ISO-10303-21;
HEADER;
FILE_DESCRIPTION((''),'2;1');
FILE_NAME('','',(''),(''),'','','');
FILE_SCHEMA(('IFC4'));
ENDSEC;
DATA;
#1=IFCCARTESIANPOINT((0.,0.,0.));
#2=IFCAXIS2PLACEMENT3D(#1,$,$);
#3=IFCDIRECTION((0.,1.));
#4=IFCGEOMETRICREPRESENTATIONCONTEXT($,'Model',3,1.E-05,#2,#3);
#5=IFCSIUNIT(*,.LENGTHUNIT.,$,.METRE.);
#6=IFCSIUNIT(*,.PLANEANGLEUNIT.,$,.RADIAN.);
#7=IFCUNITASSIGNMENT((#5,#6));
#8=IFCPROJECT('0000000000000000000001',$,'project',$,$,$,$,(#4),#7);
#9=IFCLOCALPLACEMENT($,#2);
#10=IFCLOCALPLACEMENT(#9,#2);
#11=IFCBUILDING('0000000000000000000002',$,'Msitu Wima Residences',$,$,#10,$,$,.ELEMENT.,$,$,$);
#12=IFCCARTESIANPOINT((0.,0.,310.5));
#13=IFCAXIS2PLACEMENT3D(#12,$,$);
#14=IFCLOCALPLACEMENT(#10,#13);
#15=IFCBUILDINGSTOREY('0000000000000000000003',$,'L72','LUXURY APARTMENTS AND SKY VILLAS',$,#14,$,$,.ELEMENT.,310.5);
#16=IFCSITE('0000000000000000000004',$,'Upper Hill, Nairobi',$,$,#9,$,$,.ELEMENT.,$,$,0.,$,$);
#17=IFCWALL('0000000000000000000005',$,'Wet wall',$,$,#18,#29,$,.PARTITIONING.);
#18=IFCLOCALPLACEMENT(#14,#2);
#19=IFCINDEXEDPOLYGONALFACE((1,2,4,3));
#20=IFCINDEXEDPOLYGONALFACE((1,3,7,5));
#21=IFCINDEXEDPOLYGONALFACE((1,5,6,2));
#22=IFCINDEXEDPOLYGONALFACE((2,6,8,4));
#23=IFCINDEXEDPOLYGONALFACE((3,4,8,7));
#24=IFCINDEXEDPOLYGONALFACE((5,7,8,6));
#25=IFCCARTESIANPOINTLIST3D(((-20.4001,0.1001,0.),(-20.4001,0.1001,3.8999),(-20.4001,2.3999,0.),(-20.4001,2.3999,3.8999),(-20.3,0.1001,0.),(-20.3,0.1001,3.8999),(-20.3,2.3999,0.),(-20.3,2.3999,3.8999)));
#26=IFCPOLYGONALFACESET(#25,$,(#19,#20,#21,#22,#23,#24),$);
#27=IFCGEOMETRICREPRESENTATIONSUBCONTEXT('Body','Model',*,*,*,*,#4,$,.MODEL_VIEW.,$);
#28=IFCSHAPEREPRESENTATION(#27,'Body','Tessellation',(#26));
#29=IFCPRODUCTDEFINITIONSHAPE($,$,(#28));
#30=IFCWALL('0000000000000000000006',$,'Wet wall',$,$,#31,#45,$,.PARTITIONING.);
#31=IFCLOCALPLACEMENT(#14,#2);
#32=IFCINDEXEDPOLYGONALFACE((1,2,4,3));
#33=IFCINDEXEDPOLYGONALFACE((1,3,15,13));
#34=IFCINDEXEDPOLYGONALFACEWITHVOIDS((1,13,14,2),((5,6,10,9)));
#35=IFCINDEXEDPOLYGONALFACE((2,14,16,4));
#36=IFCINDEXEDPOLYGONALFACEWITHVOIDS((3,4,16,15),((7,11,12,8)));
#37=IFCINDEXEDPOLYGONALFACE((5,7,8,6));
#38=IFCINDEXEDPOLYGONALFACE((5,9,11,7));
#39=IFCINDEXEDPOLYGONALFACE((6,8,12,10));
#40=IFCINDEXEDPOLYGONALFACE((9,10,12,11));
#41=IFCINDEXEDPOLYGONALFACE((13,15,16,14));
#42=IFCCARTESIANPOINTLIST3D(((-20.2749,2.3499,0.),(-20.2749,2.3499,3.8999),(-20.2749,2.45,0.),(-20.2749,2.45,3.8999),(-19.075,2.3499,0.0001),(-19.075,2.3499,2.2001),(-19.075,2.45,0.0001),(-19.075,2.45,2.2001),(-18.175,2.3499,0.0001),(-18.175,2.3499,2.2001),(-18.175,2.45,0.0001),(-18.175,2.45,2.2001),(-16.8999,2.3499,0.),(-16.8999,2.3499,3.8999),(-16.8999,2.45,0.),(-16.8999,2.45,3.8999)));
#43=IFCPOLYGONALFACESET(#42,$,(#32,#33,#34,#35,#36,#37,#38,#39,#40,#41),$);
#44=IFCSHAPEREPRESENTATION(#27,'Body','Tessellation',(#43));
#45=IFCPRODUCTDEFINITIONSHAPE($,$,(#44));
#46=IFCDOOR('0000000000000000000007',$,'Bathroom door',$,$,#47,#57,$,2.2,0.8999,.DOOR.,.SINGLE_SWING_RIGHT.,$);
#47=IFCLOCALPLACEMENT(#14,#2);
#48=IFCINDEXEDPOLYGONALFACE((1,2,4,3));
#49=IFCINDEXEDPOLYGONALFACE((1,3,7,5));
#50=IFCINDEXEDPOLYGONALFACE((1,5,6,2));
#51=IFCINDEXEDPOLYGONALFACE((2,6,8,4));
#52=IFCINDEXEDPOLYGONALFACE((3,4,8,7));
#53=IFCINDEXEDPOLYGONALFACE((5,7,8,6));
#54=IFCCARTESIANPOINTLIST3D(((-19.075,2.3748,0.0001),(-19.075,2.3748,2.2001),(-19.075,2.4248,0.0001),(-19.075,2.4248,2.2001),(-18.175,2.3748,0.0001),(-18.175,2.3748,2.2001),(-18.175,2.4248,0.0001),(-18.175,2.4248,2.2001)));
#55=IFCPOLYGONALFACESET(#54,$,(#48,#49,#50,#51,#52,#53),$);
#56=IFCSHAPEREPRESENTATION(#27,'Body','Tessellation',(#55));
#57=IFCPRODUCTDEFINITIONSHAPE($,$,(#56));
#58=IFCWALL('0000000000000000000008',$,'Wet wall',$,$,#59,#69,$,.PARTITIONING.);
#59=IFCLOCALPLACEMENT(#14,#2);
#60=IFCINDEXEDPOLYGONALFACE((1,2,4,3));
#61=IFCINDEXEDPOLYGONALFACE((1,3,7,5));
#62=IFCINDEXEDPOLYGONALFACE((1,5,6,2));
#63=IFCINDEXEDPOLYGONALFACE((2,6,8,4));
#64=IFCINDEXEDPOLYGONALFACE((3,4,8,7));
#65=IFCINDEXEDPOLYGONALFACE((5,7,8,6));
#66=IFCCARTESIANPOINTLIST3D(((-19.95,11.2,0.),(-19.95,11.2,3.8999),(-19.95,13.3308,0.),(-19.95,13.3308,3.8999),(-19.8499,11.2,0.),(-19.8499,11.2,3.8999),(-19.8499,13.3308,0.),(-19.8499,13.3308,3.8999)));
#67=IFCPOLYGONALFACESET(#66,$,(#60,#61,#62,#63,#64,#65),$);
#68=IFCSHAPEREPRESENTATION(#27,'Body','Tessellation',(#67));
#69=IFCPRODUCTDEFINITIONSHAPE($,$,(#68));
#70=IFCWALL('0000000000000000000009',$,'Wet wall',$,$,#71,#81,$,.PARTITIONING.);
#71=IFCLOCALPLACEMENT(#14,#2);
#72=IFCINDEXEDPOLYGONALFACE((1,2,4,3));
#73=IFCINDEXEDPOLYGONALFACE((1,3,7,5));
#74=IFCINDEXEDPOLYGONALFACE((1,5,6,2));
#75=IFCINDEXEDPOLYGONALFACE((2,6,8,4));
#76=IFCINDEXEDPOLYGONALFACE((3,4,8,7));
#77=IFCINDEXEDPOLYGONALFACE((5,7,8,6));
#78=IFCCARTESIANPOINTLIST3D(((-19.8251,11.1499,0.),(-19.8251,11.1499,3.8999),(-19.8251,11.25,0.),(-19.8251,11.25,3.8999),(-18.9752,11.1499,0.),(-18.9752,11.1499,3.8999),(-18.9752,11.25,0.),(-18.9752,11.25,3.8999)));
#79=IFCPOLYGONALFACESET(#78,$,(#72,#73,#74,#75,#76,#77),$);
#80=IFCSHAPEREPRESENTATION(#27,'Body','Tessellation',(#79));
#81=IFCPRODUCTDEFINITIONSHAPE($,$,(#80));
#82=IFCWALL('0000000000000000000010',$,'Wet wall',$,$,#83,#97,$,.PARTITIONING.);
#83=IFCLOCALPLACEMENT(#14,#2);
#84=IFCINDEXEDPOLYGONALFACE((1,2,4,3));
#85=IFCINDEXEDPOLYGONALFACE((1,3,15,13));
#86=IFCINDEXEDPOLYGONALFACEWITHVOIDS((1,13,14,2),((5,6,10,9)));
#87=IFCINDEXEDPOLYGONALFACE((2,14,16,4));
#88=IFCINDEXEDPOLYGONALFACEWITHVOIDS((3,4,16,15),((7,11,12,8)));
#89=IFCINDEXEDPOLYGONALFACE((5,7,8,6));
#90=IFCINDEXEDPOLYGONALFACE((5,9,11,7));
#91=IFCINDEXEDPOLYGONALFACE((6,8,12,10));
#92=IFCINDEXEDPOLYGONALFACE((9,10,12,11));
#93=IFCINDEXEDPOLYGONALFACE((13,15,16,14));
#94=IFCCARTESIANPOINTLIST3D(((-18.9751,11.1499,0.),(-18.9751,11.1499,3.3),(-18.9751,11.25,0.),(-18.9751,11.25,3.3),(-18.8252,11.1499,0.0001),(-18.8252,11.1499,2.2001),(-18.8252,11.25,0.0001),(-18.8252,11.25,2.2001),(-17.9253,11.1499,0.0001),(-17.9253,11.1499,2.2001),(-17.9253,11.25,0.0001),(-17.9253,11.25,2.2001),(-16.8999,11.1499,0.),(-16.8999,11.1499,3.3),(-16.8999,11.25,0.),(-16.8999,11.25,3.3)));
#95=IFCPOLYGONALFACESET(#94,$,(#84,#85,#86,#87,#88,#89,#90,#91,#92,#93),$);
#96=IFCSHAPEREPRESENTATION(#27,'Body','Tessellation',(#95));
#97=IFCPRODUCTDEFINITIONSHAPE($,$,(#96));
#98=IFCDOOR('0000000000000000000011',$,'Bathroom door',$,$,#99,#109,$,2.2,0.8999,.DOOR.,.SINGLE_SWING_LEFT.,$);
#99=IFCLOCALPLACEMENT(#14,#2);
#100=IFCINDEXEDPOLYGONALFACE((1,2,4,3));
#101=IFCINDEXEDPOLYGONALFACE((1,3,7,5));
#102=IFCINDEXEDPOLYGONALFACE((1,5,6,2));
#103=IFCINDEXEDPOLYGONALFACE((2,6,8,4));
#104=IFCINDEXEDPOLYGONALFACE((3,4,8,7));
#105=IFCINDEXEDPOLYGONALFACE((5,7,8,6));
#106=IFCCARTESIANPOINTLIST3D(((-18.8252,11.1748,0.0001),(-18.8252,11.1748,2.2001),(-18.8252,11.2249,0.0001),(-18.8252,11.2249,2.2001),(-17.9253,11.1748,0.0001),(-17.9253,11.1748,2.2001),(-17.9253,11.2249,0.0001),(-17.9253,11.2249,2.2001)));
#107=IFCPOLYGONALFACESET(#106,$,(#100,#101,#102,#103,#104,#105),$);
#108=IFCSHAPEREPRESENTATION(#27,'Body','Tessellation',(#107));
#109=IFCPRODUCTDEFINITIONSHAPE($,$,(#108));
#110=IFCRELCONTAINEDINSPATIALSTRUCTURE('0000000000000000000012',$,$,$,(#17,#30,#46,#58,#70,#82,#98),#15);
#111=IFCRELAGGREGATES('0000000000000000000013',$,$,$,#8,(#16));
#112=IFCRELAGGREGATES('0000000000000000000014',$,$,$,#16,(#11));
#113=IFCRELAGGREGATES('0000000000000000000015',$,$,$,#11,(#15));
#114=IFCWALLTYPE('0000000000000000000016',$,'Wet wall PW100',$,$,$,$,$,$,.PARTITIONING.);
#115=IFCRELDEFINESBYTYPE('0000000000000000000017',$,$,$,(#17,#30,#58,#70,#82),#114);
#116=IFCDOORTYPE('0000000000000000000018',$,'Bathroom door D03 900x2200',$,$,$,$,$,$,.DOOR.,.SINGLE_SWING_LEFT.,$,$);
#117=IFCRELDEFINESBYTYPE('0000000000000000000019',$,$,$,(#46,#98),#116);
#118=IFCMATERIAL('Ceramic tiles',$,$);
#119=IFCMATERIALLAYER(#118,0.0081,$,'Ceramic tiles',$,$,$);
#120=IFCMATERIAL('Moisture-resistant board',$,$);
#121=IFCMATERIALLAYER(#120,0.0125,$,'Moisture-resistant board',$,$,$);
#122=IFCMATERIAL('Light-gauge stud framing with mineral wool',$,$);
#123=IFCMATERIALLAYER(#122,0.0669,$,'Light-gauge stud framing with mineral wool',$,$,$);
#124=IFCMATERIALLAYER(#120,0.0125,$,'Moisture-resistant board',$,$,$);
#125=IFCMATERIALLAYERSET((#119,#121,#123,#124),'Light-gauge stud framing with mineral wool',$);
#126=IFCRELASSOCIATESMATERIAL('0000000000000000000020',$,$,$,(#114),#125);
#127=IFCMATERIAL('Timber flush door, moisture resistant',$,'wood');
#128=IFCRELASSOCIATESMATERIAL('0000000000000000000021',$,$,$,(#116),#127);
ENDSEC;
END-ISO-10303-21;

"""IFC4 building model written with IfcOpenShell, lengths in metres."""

from ifc_helpers import new_model, si_unit, direction, frame, frame_2d, origin, place, context, subcontext, project, spatial, rectangle, extrude, material, layer, layer_set, type_object, element, fill, save


model = new_model("IFC4")

# Units and contexts
model_context = context("Model", 3, precision=1e-05, world=origin(), true_north=direction((0.0, 1.0)))
body_context = subcontext(model_context, "Body", "Model", "MODEL_VIEW")
ifc_project = project(units=[si_unit("LENGTHUNIT", "METRE"), si_unit("PLANEANGLEUNIT", "RADIAN")], contexts=[model_context])

# Site, building, storey
site_placement = place(None, origin())
site = spatial("IfcSite", under=ifc_project, at=site_placement, Name="Upper Hill, Nairobi", CompositionType="ELEMENT", RefElevation=0.0)
building_placement = place(site_placement, origin())
building = spatial("IfcBuilding", under=site, at=building_placement, Name="Msitu Wima Residences", CompositionType="ELEMENT")
storey_placement = place(building_placement, frame((0.0, 0.0, 310.5)))
storey = spatial("IfcBuildingStorey", under=building, at=storey_placement, Name="L72", Description="LUXURY APARTMENTS AND SKY VILLAS", CompositionType="ELEMENT", Elevation=310.5)

# Wall
ifc_material_1 = material(Name="Ceramic tiles")
ifc_layer_1 = layer(ifc_material_1, 0.0081, Name="Ceramic tiles")
ifc_material_2 = material(Name="Moisture-resistant board")
ifc_layer_2 = layer(ifc_material_2, 0.0125, Name="Moisture-resistant board")
ifc_material_3 = material(Name="Light-gauge stud framing with mineral wool")
ifc_layer_3 = layer(ifc_material_3, 0.0669, Name="Light-gauge stud framing with mineral wool")
ifc_layer_4 = layer(ifc_material_2, 0.0125, Name="Moisture-resistant board")
ifc_layer_set_1 = layer_set([ifc_layer_1, ifc_layer_2, ifc_layer_3, ifc_layer_4], Name="Light-gauge stud framing with mineral wool")
wall_type_1 = type_object("IfcWallType", Name="Wet wall PW100", PredefinedType="PARTITIONING", material=ifc_layer_set_1)
wall_1_placement = place(storey_placement, frame((-20.3501, 0.1001, 0.0), z_axis=(0.0, 0.0, 1.0), x_axis=(0.0, 1.0, 0.0)))
element("IfcWall", 1, at=wall_1_placement, inside=storey, type_object=wall_type_1, Name="Wet wall", PredefinedType="PARTITIONING", context=body_context, shape_type="SweptSolid", body=[
    extrude(rectangle(XDim=2.2998, YDim=0.1001, at=frame_2d((1.1499, 0.0))), origin(), (0.0, 0.0, 1.0), 3.8999),
])

# Wall, opening, door
wall_2_placement = place(storey_placement, frame((-20.2749, 2.3999, 0.0), z_axis=(0.0, 0.0, 1.0), x_axis=(1.0, 0.0, 0.0)))
wall_2 = element("IfcWall", 2, at=wall_2_placement, inside=storey, type_object=wall_type_1, Name="Wet wall", PredefinedType="PARTITIONING", context=body_context, shape_type="SweptSolid", body=[
    extrude(rectangle(XDim=3.375, YDim=0.1001, at=frame_2d((1.6875, 0.0))), origin(), (0.0, 0.0, 1.0), 3.8999),
])
opening_1_placement = place(wall_2_placement, frame((1.2, 0.0, 0.0)))
opening_1 = element("IfcOpeningElement", 3, at=opening_1_placement, cuts=wall_2, PredefinedType="OPENING", context=body_context, shape_type="SweptSolid", body=[
    extrude(rectangle(XDim=0.8999, YDim=2.2, at=frame_2d((0.45, 1.1001))), frame((0.0, 0.0601, 0.0), z_axis=(0.0, -1.0, 0.0), x_axis=(1.0, 0.0, 0.0)), (0.0, 0.0, 1.0), 0.1201),
])
ifc_material_4 = material(Name="Timber flush door, moisture resistant", Category="wood")
door_type_1 = type_object("IfcDoorType", Name="Bathroom door D03 900x2200", OperationType="SINGLE_SWING_LEFT", PredefinedType="DOOR", material=ifc_material_4)
door_1_placement = place(opening_1_placement, origin())
door_1 = element("IfcDoor", 4, at=door_1_placement, inside=storey, type_object=door_type_1, Name="Bathroom door", OperationType="SINGLE_SWING_RIGHT", OverallHeight=2.2, OverallWidth=0.8999, PredefinedType="DOOR", context=body_context, shape_type="SweptSolid", body=[
    extrude(rectangle(XDim=0.8999, YDim=2.2, at=frame_2d((0.45, 1.1001))), frame((0.0, 0.0249, 0.0), z_axis=(0.0, -1.0, 0.0), x_axis=(1.0, 0.0, 0.0)), (0.0, 0.0, 1.0), 0.05),
])
fill(opening_1, door_1)

# Walls
wall_3_placement = place(storey_placement, frame((-19.8999, 11.2, 0.0), z_axis=(0.0, 0.0, 1.0), x_axis=(0.0, 1.0, 0.0)))
element("IfcWall", 5, at=wall_3_placement, inside=storey, type_object=wall_type_1, Name="Wet wall", PredefinedType="PARTITIONING", context=body_context, shape_type="SweptSolid", body=[
    extrude(rectangle(XDim=2.1309, YDim=0.1001, at=frame_2d((1.0654, 0.0))), origin(), (0.0, 0.0, 1.0), 3.8999),
])
wall_4_placement = place(storey_placement, frame((-19.825, 11.2, 0.0), z_axis=(0.0, 0.0, 1.0), x_axis=(1.0, 0.0, 0.0)))
element("IfcWall", 6, at=wall_4_placement, inside=storey, type_object=wall_type_1, Name="Wet wall", PredefinedType="PARTITIONING", context=body_context, shape_type="SweptSolid", body=[
    extrude(rectangle(XDim=0.8499, YDim=0.1001, at=frame_2d((0.4248, 0.0))), origin(), (0.0, 0.0, 1.0), 3.8999),
])

# Wall, opening, door
wall_5_placement = place(storey_placement, frame((-18.9751, 11.2, 0.0), z_axis=(0.0, 0.0, 1.0), x_axis=(1.0, 0.0, 0.0)))
wall_5 = element("IfcWall", 7, at=wall_5_placement, inside=storey, type_object=wall_type_1, Name="Wet wall", PredefinedType="PARTITIONING", context=body_context, shape_type="SweptSolid", body=[
    extrude(rectangle(XDim=2.0752, YDim=0.1001, at=frame_2d((1.0376, 0.0))), origin(), (0.0, 0.0, 1.0), 3.3),
])
opening_2_placement = place(wall_5_placement, frame((0.1499, 0.0, 0.0)))
opening_2 = element("IfcOpeningElement", 8, at=opening_2_placement, cuts=wall_5, PredefinedType="OPENING", context=body_context, shape_type="SweptSolid", body=[
    extrude(rectangle(XDim=0.8999, YDim=2.2, at=frame_2d((0.45, 1.1001))), frame((0.0, 0.0601, 0.0), z_axis=(0.0, -1.0, 0.0), x_axis=(1.0, 0.0, 0.0)), (0.0, 0.0, 1.0), 0.1201),
])
door_2_placement = place(opening_2_placement, origin())
door_2 = element("IfcDoor", 9, at=door_2_placement, inside=storey, type_object=door_type_1, Name="Bathroom door", OperationType="SINGLE_SWING_LEFT", OverallHeight=2.2, OverallWidth=0.8999, PredefinedType="DOOR", context=body_context, shape_type="SweptSolid", body=[
    extrude(rectangle(XDim=0.8999, YDim=2.2, at=frame_2d((0.45, 1.1001))), frame((0.0, 0.0249, 0.0), z_axis=(0.0, -1.0, 0.0), x_axis=(1.0, 0.0, 0.0)), (0.0, 0.0, 1.0), 0.05),
])
fill(opening_2, door_2)

save(model, "model.ifc")
